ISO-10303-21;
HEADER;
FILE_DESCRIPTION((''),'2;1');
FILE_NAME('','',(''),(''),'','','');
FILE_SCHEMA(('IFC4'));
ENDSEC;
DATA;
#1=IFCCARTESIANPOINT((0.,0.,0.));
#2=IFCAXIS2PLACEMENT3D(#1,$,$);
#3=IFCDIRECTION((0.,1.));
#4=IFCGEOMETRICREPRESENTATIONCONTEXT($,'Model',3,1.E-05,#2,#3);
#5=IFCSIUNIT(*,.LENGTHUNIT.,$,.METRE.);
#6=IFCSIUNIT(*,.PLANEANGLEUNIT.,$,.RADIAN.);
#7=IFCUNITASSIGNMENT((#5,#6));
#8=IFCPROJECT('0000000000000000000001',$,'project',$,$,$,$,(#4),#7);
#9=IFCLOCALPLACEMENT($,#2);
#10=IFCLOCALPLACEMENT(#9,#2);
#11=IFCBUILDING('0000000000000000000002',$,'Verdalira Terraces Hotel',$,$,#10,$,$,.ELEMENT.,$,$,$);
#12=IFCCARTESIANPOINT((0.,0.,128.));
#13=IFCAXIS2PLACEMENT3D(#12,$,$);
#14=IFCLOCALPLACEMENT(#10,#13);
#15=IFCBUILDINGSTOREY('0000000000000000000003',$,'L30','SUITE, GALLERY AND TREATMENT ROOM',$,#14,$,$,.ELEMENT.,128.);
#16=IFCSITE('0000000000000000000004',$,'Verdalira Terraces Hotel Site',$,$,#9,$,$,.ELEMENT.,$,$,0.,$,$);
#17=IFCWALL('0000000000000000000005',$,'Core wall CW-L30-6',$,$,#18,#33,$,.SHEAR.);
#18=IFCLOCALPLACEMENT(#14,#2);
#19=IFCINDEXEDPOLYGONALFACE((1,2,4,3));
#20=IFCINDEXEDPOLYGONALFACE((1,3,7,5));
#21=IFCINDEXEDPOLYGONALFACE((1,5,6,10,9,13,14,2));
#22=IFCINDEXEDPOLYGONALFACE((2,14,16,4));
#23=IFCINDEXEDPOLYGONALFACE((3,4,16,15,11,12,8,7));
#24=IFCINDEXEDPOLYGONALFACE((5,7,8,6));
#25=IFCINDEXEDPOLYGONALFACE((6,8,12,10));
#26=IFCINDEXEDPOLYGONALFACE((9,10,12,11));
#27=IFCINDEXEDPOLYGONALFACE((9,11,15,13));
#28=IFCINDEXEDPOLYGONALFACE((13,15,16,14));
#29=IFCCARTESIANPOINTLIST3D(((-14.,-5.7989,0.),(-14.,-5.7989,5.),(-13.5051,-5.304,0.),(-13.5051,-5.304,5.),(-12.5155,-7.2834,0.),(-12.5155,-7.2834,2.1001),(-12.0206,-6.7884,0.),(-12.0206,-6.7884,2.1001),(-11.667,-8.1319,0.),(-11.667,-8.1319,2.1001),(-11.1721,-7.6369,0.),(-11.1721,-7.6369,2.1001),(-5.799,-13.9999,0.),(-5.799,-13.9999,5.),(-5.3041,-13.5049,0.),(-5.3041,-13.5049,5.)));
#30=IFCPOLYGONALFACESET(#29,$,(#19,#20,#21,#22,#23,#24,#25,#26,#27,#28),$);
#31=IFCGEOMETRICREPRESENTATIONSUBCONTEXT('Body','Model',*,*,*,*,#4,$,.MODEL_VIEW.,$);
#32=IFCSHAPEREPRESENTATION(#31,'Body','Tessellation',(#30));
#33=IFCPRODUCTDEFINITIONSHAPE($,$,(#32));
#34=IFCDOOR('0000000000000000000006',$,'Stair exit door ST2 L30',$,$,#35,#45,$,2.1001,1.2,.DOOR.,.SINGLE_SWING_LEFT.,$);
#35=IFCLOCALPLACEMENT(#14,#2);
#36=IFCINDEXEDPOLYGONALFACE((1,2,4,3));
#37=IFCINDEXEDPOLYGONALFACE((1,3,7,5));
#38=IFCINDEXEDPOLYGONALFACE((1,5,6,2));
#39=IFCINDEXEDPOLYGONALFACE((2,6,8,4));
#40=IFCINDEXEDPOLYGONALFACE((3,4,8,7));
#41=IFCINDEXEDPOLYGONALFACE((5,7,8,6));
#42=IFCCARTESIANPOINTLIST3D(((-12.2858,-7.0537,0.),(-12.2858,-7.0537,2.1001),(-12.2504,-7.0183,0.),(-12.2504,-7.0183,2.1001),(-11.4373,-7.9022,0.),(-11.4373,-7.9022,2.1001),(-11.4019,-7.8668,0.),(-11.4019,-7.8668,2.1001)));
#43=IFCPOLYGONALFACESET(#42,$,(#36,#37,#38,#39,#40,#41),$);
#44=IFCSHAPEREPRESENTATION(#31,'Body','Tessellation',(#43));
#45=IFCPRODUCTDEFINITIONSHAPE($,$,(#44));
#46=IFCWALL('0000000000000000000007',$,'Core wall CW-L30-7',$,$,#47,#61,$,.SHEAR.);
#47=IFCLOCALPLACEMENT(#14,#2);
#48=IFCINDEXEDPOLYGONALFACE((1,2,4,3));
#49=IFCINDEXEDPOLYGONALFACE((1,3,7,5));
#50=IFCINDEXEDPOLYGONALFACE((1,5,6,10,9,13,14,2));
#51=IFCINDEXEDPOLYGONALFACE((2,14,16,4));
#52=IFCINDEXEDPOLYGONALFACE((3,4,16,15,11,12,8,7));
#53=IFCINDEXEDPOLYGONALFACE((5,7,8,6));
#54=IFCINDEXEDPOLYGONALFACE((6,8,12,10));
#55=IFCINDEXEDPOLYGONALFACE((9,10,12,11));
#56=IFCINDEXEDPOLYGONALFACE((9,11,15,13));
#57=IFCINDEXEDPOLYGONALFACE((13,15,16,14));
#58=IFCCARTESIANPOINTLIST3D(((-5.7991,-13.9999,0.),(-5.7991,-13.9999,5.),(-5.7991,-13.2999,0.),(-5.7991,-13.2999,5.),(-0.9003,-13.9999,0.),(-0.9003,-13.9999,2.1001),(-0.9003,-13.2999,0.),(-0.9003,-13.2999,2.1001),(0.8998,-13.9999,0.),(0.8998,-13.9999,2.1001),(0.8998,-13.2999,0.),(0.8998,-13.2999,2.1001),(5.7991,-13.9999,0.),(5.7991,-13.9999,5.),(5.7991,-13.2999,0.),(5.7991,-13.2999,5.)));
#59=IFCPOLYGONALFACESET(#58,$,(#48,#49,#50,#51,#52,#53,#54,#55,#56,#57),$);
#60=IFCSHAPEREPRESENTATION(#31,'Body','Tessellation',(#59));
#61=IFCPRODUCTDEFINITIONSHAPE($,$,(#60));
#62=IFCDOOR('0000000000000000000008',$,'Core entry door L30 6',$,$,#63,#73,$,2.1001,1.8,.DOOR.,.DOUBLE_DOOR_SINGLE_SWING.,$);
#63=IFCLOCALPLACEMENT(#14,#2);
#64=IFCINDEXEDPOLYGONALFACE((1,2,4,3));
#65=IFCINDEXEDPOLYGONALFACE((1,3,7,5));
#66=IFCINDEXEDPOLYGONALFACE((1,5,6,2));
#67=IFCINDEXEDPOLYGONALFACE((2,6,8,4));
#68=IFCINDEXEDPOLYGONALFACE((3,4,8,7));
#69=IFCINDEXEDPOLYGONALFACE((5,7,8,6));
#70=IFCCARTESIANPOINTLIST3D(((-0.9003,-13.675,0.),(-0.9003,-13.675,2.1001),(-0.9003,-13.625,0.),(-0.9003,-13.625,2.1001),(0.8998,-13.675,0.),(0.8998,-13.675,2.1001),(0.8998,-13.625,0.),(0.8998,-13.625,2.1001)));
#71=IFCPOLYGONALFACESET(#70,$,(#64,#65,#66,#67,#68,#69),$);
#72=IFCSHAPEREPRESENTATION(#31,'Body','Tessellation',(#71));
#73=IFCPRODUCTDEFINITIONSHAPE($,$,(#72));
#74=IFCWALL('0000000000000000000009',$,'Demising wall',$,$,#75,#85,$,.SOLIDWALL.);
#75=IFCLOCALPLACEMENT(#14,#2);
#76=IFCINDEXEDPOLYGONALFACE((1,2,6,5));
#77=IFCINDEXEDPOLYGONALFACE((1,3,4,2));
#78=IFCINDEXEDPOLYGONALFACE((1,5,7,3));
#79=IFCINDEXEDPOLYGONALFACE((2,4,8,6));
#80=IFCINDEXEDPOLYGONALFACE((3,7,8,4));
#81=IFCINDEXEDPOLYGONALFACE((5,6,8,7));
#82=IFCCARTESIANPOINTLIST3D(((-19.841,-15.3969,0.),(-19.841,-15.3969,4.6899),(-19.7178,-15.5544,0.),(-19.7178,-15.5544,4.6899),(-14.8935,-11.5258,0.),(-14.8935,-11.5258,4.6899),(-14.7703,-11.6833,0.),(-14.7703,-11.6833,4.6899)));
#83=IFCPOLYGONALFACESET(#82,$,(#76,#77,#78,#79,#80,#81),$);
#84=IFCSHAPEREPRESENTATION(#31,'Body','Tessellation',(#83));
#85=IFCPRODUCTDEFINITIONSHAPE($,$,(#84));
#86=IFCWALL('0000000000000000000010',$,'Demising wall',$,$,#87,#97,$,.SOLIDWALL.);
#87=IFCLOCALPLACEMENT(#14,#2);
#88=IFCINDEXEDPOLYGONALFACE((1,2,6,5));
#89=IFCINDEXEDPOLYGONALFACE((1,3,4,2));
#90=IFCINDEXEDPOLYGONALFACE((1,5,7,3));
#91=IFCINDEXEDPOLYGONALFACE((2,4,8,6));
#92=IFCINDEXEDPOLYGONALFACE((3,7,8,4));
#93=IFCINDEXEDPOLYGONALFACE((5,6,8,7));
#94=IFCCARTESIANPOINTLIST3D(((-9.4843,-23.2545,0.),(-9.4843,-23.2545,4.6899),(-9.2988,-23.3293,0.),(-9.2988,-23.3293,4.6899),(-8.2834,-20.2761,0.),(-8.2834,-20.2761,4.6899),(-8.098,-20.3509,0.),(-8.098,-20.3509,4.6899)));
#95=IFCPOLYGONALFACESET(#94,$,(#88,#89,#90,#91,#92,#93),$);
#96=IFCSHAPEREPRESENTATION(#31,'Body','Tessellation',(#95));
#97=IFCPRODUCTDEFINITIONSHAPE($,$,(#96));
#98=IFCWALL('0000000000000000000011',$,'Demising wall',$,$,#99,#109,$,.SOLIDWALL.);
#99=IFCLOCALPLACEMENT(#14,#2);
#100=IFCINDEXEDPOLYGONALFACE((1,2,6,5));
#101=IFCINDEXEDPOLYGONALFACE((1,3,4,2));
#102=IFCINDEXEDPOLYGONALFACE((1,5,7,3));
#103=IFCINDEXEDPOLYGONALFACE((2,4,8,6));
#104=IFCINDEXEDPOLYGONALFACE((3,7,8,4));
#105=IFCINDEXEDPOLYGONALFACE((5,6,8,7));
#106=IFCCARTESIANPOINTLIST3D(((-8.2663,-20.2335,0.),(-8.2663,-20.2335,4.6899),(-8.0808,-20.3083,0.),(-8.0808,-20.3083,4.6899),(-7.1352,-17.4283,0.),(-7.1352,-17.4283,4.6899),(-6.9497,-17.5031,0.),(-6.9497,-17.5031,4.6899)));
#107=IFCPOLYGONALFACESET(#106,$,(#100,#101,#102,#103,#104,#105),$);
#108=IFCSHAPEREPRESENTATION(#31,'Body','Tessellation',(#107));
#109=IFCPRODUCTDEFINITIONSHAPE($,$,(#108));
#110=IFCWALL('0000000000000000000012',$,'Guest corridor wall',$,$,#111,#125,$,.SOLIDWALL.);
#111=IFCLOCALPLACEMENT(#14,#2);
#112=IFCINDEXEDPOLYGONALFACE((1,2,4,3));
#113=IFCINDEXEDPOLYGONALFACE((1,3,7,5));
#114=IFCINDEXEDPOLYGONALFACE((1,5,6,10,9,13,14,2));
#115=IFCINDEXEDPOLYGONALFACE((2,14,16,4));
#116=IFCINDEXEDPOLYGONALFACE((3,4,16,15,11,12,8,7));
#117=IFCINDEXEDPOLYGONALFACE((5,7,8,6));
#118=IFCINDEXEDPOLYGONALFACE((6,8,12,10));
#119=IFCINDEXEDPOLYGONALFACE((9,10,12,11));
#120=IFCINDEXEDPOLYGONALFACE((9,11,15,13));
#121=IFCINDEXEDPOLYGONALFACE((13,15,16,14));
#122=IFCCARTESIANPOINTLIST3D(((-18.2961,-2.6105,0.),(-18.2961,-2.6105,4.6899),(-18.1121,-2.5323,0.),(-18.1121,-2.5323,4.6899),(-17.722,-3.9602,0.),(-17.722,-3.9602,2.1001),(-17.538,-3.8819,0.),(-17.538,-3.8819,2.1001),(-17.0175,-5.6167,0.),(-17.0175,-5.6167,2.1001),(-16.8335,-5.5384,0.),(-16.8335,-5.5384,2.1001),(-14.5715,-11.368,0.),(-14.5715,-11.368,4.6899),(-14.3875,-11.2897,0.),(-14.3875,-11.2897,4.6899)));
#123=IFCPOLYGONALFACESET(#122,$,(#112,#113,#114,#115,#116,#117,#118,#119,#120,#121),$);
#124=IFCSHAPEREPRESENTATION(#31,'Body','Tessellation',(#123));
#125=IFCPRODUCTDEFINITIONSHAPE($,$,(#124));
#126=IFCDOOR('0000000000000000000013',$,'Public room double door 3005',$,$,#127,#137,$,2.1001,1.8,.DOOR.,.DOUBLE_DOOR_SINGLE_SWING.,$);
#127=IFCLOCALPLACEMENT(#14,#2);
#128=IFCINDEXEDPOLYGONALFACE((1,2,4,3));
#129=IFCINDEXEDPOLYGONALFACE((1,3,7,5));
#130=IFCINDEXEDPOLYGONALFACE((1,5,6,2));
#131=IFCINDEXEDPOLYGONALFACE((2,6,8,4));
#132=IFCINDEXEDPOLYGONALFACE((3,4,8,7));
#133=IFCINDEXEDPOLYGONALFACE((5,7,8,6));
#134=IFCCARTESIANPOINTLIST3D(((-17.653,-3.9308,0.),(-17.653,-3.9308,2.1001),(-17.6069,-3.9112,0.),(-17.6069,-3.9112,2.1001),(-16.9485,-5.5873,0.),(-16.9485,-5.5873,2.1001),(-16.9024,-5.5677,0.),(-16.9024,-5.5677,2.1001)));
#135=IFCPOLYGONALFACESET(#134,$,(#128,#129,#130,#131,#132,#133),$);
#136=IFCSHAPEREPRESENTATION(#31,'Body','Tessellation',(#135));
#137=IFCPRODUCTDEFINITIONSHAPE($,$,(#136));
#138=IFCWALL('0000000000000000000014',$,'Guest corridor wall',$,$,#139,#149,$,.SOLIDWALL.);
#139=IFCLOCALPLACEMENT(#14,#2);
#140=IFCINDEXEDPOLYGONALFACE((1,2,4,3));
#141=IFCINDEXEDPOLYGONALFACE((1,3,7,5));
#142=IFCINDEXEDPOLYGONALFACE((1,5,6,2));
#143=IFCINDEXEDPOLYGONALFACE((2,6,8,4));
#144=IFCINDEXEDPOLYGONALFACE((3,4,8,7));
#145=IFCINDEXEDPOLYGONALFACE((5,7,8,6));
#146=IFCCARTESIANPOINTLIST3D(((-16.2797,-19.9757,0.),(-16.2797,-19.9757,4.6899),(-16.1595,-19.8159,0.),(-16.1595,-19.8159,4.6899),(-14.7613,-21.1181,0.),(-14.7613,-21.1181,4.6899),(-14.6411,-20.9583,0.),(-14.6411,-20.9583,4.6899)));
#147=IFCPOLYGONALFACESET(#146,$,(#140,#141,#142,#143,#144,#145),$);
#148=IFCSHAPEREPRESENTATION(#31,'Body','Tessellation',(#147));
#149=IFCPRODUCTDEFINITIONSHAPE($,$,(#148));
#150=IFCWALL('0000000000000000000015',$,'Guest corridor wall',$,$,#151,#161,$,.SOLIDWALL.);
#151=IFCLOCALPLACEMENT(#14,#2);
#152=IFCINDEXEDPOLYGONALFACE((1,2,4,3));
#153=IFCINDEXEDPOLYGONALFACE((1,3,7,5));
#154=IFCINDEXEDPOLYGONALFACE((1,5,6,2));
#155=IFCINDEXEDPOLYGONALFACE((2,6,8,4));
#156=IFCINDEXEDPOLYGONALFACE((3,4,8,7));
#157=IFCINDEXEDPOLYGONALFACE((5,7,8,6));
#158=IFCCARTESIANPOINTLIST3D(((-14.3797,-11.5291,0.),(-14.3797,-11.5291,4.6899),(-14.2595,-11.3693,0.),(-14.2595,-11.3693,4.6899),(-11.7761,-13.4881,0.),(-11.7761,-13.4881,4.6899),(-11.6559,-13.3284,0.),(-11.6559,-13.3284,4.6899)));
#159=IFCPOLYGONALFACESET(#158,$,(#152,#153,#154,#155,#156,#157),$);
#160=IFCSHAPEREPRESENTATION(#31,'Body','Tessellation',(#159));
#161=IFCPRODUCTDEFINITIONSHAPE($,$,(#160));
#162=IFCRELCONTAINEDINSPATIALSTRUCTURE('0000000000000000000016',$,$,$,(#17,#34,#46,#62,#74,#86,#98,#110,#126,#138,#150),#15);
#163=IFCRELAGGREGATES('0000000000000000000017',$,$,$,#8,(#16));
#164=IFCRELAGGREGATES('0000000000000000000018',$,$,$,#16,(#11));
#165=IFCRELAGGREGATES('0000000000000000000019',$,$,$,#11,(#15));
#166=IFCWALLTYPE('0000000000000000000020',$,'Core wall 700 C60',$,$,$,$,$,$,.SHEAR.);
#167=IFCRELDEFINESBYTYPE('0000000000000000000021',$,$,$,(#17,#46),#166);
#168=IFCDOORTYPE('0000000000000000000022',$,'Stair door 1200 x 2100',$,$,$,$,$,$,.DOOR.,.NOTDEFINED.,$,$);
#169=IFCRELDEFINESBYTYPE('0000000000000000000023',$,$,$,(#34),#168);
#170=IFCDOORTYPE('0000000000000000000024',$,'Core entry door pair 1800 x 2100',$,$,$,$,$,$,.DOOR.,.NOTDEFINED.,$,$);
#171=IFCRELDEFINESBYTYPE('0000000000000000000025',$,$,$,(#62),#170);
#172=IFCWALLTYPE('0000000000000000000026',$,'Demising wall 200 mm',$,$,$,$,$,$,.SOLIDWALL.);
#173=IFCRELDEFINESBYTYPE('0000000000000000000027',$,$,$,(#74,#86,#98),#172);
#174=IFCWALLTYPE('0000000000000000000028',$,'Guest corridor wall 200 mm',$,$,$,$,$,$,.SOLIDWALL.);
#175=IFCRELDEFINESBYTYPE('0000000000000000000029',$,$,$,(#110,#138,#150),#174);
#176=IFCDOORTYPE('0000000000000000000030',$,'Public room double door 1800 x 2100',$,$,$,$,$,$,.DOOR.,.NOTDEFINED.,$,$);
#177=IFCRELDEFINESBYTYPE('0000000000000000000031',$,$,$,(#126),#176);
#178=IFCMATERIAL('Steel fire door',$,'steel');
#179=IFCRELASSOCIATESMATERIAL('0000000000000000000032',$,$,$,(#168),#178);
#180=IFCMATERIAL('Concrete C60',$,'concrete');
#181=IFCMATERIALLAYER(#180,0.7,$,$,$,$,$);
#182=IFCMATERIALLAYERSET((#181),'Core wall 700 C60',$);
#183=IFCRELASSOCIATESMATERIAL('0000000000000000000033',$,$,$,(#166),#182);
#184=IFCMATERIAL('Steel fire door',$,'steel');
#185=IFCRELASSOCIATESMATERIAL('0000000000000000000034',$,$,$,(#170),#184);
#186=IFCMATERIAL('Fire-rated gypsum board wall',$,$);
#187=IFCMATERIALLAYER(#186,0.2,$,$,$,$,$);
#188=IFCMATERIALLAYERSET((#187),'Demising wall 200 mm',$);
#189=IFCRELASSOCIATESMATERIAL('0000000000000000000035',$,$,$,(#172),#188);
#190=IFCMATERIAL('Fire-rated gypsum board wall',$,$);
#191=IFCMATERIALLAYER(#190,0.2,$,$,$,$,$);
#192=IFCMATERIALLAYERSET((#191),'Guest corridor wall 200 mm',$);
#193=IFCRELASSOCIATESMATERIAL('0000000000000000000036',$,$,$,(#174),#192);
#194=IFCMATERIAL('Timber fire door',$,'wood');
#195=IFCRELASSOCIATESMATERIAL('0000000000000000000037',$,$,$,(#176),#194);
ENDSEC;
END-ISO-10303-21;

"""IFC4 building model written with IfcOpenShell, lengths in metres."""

from ifc_helpers import new_model, si_unit, direction, frame, frame_2d, origin, place, context, subcontext, project, spatial, rectangle, extrude, material, layer, layer_set, type_object, element, fill, save


model = new_model("IFC4")

# Units and contexts
model_context = context("Model", 3, precision=1e-05, world=origin(), true_north=direction((0.0, 1.0)))
body_context = subcontext(model_context, "Body", "Model", "MODEL_VIEW")
ifc_project = project(units=[si_unit("LENGTHUNIT", "METRE"), si_unit("PLANEANGLEUNIT", "RADIAN")], contexts=[model_context])

# Site, building, storey
site_placement = place(None, origin())
site = spatial("IfcSite", under=ifc_project, at=site_placement, Name="Verdalira Terraces Hotel Site", CompositionType="ELEMENT", RefElevation=0.0)
building_placement = place(site_placement, origin())
building = spatial("IfcBuilding", under=site, at=building_placement, Name="Verdalira Terraces Hotel", CompositionType="ELEMENT")
storey_placement = place(building_placement, frame((0.0, 0.0, 128.0)))
storey = spatial("IfcBuildingStorey", under=building, at=storey_placement, Name="L30", Description="SUITE, GALLERY AND TREATMENT ROOM", CompositionType="ELEMENT", Elevation=128.0)

# Shared definitions
ifc_material_1 = material(Name="Steel fire door", Category="steel")
door_type_1 = type_object("IfcDoorType", Name="Stair door 1200 x 2100", OperationType="NOTDEFINED", PredefinedType="DOOR", material=ifc_material_1)

# Walls, openings, doors
ifc_material_2 = material(Name="Concrete C60", Category="concrete")
ifc_layer_1 = layer(ifc_material_2, 0.7)
ifc_layer_set_1 = layer_set([ifc_layer_1], Name="Core wall 700 C60")
wall_type_1 = type_object("IfcWallType", Name="Core wall 700 C60", PredefinedType="SHEAR", material=ifc_layer_set_1)
wall_1_placement = place(storey_placement, frame((-13.7524, -5.5515, 0.0), z_axis=(0.0, 0.0, 1.0), x_axis=(0.707107, -0.707107, 0.0)))
wall_1 = element("IfcWall", 1, at=wall_1_placement, inside=storey, type_object=wall_type_1, Name="Core wall CW-L30-6", PredefinedType="SHEAR", context=body_context, shape_type="SweptSolid", body=[
    extrude(rectangle(XDim=11.5979, YDim=0.7, at=frame_2d((5.7988, 0.0))), origin(), (0.0, 0.0, 1.0), 5.0),
])
opening_1_placement = place(wall_1_placement, frame((2.0991, 0.0, 0.0)))
opening_1 = element("IfcOpeningElement", 2, at=opening_1_placement, cuts=wall_1, PredefinedType="OPENING", context=body_context, shape_type="SweptSolid", body=[
    extrude(rectangle(XDim=1.2, YDim=2.1001, at=frame_2d((0.6001, 1.05))), frame((0.0, 0.3599, 0.0), z_axis=(0.0, -1.0, 0.0), x_axis=(1.0, 0.0, 0.0)), (0.0, 0.0, 1.0), 0.72),
])
door_1_placement = place(opening_1_placement, origin())
door_1 = element("IfcDoor", 3, at=door_1_placement, inside=storey, type_object=door_type_1, Name="Stair exit door ST2 L30", OperationType="SINGLE_SWING_LEFT", OverallHeight=2.1001, OverallWidth=1.2, PredefinedType="DOOR", context=body_context, shape_type="SweptSolid", body=[
    extrude(rectangle(XDim=1.2, YDim=2.1001, at=frame_2d((0.6001, 1.05))), frame((0.0, 0.0249, 0.0), z_axis=(0.0, -1.0, 0.0), x_axis=(1.0, 0.0, 0.0)), (0.0, 0.0, 1.0), 0.05),
])
fill(opening_1, door_1)
wall_2_placement = place(storey_placement, frame((-5.7991, -13.6499, 0.0), z_axis=(0.0, 0.0, 1.0), x_axis=(1.0, 0.0, 0.0)))
wall_2 = element("IfcWall", 4, at=wall_2_placement, inside=storey, type_object=wall_type_1, Name="Core wall CW-L30-7", PredefinedType="SHEAR", context=body_context, shape_type="SweptSolid", body=[
    extrude(rectangle(XDim=11.5981, YDim=0.7, at=frame_2d((5.7991, 0.0))), origin(), (0.0, 0.0, 1.0), 5.0),
])
opening_2_placement = place(wall_2_placement, frame((4.8989, 0.0, 0.0)))
opening_2 = element("IfcOpeningElement", 5, at=opening_2_placement, cuts=wall_2, PredefinedType="OPENING", context=body_context, shape_type="SweptSolid", body=[
    extrude(rectangle(XDim=1.8, YDim=2.1001, at=frame_2d((0.8999, 1.05))), frame((0.0, 0.3599, 0.0), z_axis=(0.0, -1.0, 0.0), x_axis=(1.0, 0.0, 0.0)), (0.0, 0.0, 1.0), 0.72),
])
ifc_material_3 = material(Name="Steel fire door", Category="steel")
door_type_2 = type_object("IfcDoorType", Name="Core entry door pair 1800 x 2100", OperationType="NOTDEFINED", PredefinedType="DOOR", material=ifc_material_3)
door_2_placement = place(opening_2_placement, origin())
door_2 = element("IfcDoor", 6, at=door_2_placement, inside=storey, type_object=door_type_2, Name="Core entry door L30 6", OperationType="DOUBLE_DOOR_SINGLE_SWING", OverallHeight=2.1001, OverallWidth=1.8, PredefinedType="DOOR", context=body_context, shape_type="SweptSolid", body=[
    extrude(rectangle(XDim=1.8, YDim=2.1001, at=frame_2d((0.8999, 1.05))), frame((0.0, 0.0249, 0.0), z_axis=(0.0, -1.0, 0.0), x_axis=(1.0, 0.0, 0.0)), (0.0, 0.0, 1.0), 0.05),
])
fill(opening_2, door_2)

# Walls
ifc_material_4 = material(Name="Fire-rated gypsum board wall")
ifc_layer_2 = layer(ifc_material_4, 0.2)
ifc_layer_set_2 = layer_set([ifc_layer_2], Name="Demising wall 200 mm")
wall_type_2 = type_object("IfcWallType", Name="Demising wall 200 mm", PredefinedType="SOLIDWALL", material=ifc_layer_set_2)
wall_3_placement = place(storey_placement, frame((-14.8318, -11.6045, 0.0), z_axis=(0.0, 0.0, 1.0), x_axis=(-0.787572, -0.616222, 0.0)))
element("IfcWall", 7, at=wall_3_placement, inside=storey, type_object=wall_type_2, Name="Demising wall", PredefinedType="SOLIDWALL", context=body_context, shape_type="SweptSolid", body=[
    extrude(rectangle(XDim=6.282, YDim=0.2, at=frame_2d((3.1411, 0.0))), origin(), (0.0, 0.0, 1.0), 4.6899),
])
wall_4_placement = place(storey_placement, frame((-8.1907, -20.3135, 0.0), z_axis=(0.0, 0.0, 1.0), x_axis=(-0.373945, -0.927451, 0.0)))
element("IfcWall", 8, at=wall_4_placement, inside=storey, type_object=wall_type_2, Name="Demising wall", PredefinedType="SOLIDWALL", context=body_context, shape_type="SweptSolid", body=[
    extrude(rectangle(XDim=3.2114, YDim=0.2, at=frame_2d((1.6057, 0.0))), origin(), (0.0, 0.0, 1.0), 4.6899),
])
wall_5_placement = place(storey_placement, frame((-7.0425, -17.4658, 0.0), z_axis=(0.0, 0.0, 1.0), x_axis=(-0.373964, -0.927443, 0.0)))
element("IfcWall", 9, at=wall_5_placement, inside=storey, type_object=wall_type_2, Name="Demising wall", PredefinedType="SOLIDWALL", context=body_context, shape_type="SweptSolid", body=[
    extrude(rectangle(XDim=3.0247, YDim=0.2, at=frame_2d((1.5122, 0.0))), origin(), (0.0, 0.0, 1.0), 4.6899),
])

# Wall, opening, door
ifc_material_5 = material(Name="Fire-rated gypsum board wall")
ifc_layer_3 = layer(ifc_material_5, 0.2)
ifc_layer_set_3 = layer_set([ifc_layer_3], Name="Guest corridor wall 200 mm")
wall_type_3 = type_object("IfcWallType", Name="Guest corridor wall 200 mm", PredefinedType="SOLIDWALL", material=ifc_layer_set_3)
wall_6_placement = place(storey_placement, frame((-14.4795, -11.3289, 0.0), z_axis=(0.0, 0.0, 1.0), x_axis=(-0.391376, 0.920231, 0.0)))
wall_6 = element("IfcWall", 10, at=wall_6_placement, inside=storey, type_object=wall_type_3, Name="Guest corridor wall", PredefinedType="SOLIDWALL", context=body_context, shape_type="SweptSolid", body=[
    extrude(rectangle(XDim=9.5166, YDim=0.2, at=frame_2d((4.7583, 0.0))), origin(), (0.0, 0.0, 1.0), 4.6899),
])
opening_3_placement = place(wall_6_placement, frame((6.25, 0.0, 0.0)))
opening_3 = element("IfcOpeningElement", 11, at=opening_3_placement, cuts=wall_6, PredefinedType="OPENING", context=body_context, shape_type="SweptSolid", body=[
    extrude(rectangle(XDim=1.8, YDim=2.1001, at=frame_2d((0.8999, 1.05))), frame((0.0, 0.1099, 0.0), z_axis=(0.0, -1.0, 0.0), x_axis=(1.0, 0.0, 0.0)), (0.0, 0.0, 1.0), 0.22),
])
ifc_material_6 = material(Name="Timber fire door", Category="wood")
door_type_3 = type_object("IfcDoorType", Name="Public room double door 1800 x 2100", OperationType="NOTDEFINED", PredefinedType="DOOR", material=ifc_material_6)
door_3_placement = place(opening_3_placement, origin())
door_3 = element("IfcDoor", 12, at=door_3_placement, inside=storey, type_object=door_type_3, Name="Public room double door 3005", OperationType="DOUBLE_DOOR_SINGLE_SWING", OverallHeight=2.1001, OverallWidth=1.8, PredefinedType="DOOR", context=body_context, shape_type="SweptSolid", body=[
    extrude(rectangle(XDim=1.8, YDim=2.1001, at=frame_2d((0.8999, 1.05))), frame((0.0, 0.0249, 0.0), z_axis=(0.0, -1.0, 0.0), x_axis=(1.0, 0.0, 0.0)), (0.0, 0.0, 1.0), 0.05),
])
fill(opening_3, door_3)

# Walls
wall_7_placement = place(storey_placement, frame((-16.2197, -19.8958, 0.0), z_axis=(0.0, 0.0, 1.0), x_axis=(0.799089, -0.601212, 0.0)))
element("IfcWall", 13, at=wall_7_placement, inside=storey, type_object=wall_type_3, Name="Guest corridor wall", PredefinedType="SOLIDWALL", context=body_context, shape_type="SweptSolid", body=[
    extrude(rectangle(XDim=1.9001, YDim=0.2, at=frame_2d((0.9502, 0.0))), origin(), (0.0, 0.0, 1.0), 4.6899),
])
wall_8_placement = place(storey_placement, frame((-14.3196, -11.4492, 0.0), z_axis=(0.0, 0.0, 1.0), x_axis=(0.799064, -0.601246, 0.0)))
element("IfcWall", 14, at=wall_8_placement, inside=storey, type_object=wall_type_3, Name="Guest corridor wall", PredefinedType="SOLIDWALL", context=body_context, shape_type="SweptSolid", body=[
    extrude(rectangle(XDim=3.2583, YDim=0.2, at=frame_2d((1.6292, 0.0))), origin(), (0.0, 0.0, 1.0), 4.6899),
])

save(model, "model.ifc")
